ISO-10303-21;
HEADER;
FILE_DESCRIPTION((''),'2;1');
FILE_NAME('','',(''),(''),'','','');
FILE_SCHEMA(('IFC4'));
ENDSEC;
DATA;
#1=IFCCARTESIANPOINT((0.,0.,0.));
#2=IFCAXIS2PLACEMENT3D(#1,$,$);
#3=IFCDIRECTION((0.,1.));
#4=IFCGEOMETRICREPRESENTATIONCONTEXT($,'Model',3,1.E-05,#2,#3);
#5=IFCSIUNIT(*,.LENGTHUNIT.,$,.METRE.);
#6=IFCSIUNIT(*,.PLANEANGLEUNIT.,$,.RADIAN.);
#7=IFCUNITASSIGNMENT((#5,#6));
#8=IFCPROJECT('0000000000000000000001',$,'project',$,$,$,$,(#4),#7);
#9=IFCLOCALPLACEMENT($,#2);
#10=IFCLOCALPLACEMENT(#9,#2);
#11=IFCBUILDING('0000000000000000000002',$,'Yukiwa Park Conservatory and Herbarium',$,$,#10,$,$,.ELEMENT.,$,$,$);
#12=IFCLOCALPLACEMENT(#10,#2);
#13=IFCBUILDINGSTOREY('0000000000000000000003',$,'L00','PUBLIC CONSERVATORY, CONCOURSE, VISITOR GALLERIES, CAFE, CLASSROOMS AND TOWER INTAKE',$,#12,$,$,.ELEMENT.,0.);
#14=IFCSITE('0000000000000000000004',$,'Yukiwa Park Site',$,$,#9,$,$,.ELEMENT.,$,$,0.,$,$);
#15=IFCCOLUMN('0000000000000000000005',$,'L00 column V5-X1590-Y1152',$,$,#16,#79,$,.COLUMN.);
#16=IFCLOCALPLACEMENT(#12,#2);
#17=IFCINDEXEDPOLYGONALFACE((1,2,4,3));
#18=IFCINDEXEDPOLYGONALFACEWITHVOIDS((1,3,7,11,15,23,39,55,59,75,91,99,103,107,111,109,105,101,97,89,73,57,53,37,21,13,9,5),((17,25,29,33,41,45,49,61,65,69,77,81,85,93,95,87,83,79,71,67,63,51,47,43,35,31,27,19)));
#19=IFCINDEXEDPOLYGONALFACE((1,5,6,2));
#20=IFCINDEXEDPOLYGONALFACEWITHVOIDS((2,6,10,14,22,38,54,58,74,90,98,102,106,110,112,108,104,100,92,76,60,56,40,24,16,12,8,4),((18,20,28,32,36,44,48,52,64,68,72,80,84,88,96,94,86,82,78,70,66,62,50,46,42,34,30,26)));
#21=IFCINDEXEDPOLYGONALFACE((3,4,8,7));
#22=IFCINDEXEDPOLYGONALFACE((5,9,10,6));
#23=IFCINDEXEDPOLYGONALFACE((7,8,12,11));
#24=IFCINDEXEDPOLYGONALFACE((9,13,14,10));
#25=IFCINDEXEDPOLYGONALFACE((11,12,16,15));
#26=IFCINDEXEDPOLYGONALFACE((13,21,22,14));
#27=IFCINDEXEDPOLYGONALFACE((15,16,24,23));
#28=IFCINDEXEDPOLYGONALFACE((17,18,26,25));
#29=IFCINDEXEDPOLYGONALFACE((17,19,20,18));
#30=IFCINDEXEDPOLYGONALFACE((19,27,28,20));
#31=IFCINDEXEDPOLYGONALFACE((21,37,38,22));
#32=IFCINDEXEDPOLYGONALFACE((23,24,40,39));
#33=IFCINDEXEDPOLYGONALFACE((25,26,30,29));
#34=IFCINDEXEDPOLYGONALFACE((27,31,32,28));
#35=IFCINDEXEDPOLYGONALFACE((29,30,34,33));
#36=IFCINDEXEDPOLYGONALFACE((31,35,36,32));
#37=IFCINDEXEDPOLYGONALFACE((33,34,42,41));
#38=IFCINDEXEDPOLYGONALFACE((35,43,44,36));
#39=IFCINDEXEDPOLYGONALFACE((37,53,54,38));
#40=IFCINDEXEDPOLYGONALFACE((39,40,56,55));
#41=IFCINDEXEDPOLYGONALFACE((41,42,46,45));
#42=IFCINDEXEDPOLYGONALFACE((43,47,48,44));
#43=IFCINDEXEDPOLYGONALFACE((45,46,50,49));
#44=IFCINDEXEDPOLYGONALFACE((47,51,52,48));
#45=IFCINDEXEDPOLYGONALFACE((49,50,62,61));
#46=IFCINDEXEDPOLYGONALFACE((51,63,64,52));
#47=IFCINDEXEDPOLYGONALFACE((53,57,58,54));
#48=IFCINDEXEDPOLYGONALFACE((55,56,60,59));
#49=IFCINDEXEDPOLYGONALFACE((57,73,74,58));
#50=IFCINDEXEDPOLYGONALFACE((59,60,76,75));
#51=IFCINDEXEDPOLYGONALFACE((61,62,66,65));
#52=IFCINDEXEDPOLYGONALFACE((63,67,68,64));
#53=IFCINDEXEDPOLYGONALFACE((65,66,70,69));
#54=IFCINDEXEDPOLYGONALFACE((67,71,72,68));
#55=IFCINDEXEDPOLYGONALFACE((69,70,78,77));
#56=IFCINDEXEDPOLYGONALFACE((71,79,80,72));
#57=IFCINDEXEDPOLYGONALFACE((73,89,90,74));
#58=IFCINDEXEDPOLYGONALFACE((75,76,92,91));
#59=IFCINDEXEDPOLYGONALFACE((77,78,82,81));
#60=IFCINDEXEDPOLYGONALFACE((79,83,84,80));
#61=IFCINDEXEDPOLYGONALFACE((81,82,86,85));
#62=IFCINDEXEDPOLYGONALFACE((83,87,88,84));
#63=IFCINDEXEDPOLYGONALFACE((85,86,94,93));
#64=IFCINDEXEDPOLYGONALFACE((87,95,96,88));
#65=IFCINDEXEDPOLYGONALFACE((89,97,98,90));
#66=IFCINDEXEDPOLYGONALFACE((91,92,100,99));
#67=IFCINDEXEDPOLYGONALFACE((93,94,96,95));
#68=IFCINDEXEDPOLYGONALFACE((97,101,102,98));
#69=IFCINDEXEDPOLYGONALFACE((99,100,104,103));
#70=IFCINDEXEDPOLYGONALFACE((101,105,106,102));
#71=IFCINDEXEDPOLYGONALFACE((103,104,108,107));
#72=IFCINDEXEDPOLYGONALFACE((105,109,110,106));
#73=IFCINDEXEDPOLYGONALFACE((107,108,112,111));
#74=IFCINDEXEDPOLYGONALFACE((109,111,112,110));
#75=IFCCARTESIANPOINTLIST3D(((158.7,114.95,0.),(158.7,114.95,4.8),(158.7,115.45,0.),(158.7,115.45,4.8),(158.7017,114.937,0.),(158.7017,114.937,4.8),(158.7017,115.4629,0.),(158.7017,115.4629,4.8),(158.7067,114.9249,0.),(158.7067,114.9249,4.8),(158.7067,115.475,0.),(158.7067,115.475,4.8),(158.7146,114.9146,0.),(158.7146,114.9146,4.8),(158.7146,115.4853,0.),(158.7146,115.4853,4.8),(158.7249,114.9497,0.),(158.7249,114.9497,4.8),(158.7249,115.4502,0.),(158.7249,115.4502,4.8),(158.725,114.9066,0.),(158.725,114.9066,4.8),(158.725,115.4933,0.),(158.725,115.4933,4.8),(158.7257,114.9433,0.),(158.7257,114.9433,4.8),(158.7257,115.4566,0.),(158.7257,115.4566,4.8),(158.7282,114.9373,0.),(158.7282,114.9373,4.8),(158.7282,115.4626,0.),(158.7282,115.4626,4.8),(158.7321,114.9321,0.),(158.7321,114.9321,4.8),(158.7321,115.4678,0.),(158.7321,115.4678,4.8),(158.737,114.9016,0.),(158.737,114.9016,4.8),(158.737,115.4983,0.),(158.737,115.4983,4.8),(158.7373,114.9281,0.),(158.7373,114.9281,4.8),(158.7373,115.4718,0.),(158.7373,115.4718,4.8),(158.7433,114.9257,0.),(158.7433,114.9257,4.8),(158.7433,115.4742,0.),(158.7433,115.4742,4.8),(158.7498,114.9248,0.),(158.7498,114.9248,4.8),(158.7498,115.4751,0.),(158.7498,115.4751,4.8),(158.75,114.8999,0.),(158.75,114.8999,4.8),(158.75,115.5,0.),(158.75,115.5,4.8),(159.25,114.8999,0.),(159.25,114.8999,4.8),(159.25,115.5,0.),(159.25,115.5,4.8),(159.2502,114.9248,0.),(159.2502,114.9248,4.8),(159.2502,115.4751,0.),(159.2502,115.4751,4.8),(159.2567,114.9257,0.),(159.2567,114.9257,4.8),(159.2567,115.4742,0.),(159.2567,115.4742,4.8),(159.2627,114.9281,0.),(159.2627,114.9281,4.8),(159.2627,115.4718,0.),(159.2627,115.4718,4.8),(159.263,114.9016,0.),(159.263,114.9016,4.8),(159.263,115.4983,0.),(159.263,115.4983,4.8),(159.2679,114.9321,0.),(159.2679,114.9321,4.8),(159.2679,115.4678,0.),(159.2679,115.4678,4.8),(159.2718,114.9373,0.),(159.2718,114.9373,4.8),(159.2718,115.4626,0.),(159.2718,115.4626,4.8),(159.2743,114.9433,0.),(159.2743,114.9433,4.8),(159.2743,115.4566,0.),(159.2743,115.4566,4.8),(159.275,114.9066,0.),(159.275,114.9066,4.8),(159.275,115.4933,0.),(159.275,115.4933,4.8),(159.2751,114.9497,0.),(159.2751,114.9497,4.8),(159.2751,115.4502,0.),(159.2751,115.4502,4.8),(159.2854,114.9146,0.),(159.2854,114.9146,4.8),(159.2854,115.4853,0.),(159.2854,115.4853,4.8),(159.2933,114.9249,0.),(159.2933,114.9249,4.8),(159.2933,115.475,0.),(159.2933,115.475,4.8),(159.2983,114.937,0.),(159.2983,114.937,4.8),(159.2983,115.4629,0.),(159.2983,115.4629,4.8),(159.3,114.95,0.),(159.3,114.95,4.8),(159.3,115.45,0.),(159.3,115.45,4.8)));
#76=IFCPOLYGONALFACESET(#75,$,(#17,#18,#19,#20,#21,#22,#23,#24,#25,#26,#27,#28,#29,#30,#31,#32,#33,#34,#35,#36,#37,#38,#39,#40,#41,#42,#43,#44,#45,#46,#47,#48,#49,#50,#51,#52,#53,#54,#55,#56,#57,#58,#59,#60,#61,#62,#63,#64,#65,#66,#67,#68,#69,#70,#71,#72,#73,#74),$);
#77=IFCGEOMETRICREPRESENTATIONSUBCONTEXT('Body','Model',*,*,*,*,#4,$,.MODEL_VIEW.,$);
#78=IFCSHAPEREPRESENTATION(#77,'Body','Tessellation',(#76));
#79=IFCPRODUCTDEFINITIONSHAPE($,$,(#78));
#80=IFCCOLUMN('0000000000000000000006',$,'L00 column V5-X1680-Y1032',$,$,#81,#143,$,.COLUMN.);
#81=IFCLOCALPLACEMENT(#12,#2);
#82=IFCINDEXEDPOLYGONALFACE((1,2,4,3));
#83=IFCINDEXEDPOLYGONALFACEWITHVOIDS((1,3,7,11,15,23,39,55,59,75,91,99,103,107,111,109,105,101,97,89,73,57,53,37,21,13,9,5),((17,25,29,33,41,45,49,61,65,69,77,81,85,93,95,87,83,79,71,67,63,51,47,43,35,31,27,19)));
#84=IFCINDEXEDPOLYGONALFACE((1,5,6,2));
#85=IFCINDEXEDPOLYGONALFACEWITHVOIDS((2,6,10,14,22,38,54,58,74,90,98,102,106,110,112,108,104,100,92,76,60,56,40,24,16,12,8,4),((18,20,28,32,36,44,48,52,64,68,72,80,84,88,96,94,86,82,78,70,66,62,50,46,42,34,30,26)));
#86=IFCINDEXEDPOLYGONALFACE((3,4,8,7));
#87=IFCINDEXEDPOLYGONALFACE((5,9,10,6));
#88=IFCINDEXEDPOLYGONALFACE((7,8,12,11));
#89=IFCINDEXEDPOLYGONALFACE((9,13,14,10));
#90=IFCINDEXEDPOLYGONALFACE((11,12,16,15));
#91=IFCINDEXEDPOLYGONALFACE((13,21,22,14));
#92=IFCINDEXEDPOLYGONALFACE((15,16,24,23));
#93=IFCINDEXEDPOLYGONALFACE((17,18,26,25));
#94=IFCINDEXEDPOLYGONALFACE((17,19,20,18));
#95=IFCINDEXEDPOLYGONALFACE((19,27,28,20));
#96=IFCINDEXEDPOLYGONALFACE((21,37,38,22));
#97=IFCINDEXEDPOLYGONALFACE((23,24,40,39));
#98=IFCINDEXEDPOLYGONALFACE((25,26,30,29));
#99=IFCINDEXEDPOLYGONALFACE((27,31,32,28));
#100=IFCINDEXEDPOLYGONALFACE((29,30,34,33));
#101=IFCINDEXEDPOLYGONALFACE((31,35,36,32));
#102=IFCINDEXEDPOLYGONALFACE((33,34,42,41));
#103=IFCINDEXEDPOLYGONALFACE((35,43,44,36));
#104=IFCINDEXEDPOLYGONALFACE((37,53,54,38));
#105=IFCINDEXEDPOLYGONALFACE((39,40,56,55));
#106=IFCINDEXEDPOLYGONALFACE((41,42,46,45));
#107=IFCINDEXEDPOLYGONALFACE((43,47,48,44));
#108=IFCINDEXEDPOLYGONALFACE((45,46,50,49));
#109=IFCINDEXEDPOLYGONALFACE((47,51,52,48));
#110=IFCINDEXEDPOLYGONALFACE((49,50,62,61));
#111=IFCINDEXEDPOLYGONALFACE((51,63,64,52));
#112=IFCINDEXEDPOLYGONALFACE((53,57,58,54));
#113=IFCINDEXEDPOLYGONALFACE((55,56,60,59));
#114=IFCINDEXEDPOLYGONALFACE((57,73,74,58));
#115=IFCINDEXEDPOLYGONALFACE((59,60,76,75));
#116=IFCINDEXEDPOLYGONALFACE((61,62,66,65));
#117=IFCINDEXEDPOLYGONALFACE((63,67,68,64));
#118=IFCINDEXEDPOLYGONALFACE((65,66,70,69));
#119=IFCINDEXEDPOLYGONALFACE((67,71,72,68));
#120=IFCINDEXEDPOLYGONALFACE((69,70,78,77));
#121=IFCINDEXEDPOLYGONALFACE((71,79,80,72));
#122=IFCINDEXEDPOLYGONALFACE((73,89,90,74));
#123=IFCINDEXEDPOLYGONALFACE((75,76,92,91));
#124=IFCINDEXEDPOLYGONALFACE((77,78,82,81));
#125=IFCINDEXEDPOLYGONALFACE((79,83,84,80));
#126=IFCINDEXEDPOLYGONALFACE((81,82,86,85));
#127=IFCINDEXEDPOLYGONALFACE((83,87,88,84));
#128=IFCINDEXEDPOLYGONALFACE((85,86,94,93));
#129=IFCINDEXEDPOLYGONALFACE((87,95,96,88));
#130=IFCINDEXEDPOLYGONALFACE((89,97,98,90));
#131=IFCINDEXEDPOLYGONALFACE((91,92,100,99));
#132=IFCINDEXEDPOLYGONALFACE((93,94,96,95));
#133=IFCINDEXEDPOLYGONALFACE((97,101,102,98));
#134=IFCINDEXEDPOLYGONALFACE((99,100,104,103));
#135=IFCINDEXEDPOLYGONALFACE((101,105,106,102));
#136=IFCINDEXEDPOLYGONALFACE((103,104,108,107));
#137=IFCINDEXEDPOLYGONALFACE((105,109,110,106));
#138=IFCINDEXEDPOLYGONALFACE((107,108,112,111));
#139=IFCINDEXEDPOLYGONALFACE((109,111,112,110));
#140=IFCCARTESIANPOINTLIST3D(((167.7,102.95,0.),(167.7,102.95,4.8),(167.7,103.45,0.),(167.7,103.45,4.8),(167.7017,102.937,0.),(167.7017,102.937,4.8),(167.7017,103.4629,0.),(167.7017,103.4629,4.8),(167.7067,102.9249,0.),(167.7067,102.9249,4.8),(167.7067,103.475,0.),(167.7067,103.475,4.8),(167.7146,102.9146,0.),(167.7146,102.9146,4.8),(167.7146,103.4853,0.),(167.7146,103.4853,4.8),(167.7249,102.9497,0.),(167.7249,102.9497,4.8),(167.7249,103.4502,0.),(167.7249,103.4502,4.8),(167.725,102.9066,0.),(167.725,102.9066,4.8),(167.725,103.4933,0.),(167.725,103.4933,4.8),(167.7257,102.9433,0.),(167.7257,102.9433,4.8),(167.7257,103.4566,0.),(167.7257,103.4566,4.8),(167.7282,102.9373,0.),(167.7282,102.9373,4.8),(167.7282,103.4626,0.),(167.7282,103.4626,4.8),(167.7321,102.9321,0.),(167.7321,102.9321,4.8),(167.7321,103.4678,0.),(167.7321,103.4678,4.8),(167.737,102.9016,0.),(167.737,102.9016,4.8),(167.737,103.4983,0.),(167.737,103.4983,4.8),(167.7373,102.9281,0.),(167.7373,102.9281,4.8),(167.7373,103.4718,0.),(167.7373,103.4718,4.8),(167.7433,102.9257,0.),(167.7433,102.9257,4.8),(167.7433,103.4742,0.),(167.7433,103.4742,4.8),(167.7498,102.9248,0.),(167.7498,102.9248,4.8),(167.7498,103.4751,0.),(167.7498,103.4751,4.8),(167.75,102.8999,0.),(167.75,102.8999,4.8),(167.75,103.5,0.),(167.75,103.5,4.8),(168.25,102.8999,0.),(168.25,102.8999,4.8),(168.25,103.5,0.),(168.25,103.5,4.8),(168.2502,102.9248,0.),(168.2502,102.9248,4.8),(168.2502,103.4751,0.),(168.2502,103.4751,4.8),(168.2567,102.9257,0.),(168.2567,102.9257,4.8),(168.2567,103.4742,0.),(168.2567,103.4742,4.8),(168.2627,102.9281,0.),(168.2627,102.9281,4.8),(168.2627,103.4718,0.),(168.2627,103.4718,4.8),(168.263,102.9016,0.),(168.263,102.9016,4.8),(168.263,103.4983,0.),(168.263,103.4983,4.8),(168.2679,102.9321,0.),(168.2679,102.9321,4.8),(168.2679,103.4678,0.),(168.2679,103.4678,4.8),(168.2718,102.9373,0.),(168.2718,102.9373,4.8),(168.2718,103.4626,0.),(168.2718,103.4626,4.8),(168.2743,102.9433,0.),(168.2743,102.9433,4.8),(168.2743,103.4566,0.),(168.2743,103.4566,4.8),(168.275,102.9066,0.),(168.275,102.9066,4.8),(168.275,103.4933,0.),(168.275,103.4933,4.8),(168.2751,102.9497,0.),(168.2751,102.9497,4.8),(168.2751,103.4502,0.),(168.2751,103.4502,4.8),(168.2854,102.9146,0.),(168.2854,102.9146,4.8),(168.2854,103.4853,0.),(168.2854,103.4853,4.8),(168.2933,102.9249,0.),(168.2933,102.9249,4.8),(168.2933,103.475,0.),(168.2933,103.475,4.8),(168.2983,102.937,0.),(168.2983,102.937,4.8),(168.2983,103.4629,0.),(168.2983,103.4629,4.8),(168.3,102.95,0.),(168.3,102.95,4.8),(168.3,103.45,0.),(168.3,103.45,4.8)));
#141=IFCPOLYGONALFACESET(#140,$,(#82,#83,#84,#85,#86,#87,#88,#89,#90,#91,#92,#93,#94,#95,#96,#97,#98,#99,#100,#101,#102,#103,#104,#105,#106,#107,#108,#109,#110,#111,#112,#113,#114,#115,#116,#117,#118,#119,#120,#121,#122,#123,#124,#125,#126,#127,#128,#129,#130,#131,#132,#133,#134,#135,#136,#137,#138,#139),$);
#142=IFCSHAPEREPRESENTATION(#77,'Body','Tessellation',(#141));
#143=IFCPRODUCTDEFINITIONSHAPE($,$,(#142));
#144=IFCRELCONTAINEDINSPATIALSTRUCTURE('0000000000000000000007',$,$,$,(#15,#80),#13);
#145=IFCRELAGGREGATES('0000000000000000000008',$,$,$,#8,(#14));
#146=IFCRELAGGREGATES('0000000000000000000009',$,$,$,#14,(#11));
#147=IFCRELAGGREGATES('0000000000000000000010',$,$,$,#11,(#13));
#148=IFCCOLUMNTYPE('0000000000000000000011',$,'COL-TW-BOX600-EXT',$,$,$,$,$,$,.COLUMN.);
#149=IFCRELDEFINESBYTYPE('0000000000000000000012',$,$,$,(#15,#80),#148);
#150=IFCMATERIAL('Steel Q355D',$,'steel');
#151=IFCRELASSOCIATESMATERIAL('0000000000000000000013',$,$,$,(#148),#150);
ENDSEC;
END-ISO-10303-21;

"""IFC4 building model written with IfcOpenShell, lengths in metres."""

from ifc_helpers import new_model, si_unit, direction, frame, origin, origin_2d, place, context, subcontext, project, spatial, hollow_rectangle, extrude, material, material_profile, profile_set, type_object, element, save


model = new_model("IFC4")

# Units and contexts
model_context = context("Model", 3, precision=1e-05, world=origin(), true_north=direction((0.0, 1.0)))
body_context = subcontext(model_context, "Body", "Model", "MODEL_VIEW")
ifc_project = project(units=[si_unit("LENGTHUNIT", "METRE"), si_unit("PLANEANGLEUNIT", "RADIAN")], contexts=[model_context])

# Site, building, storey
site_placement = place(None, origin())
site = spatial("IfcSite", under=ifc_project, at=site_placement, Name="Yukiwa Park Site", CompositionType="ELEMENT", RefElevation=0.0)
building_placement = place(site_placement, origin())
building = spatial("IfcBuilding", under=site, at=building_placement, Name="Yukiwa Park Conservatory and Herbarium", CompositionType="ELEMENT")
storey_placement = place(building_placement, origin())
storey = spatial("IfcBuildingStorey", under=building, at=storey_placement, Name="L00", Description="PUBLIC CONSERVATORY, CONCOURSE, VISITOR GALLERIES, CAFE, CLASSROOMS AND TOWER INTAKE", CompositionType="ELEMENT", Elevation=0.0)

# Columns
ifc_material_1 = material(Name="Steel Q355D", Category="steel")
ifc_material_profile_1 = material_profile(ifc_material_1, hollow_rectangle(XDim=0.6001, YDim=0.6001, WallThickness=0.0249, InnerFilletRadius=0.0249, OuterFilletRadius=0.05, at=origin_2d()), Name="BOX 600x600x25")
ifc_profile_set_1 = profile_set([ifc_material_profile_1], Name="Steel Q355D")
column_type_1 = type_object("IfcColumnType", Name="COL-TW-BOX600-EXT", PredefinedType="COLUMN", material=ifc_profile_set_1)
for number, where, z_axis, x_axis, name in (
    (1, (159.0, 115.2, 0.0), (0.0, 0.0, 1.0), (1.0, 0.0, 0.0), "L00 column V5-X1590-Y1152"),
    (2, (168.0, 103.2, 0.0), (0.0, 0.0, 1.0), (1.0, 0.0, 0.0), "L00 column V5-X1680-Y1032"),
):
    element("IfcColumn", number, at=place(storey_placement, frame(where, z_axis=z_axis, x_axis=x_axis)), inside=storey, type_object=column_type_1, Name=name, PredefinedType="COLUMN", context=body_context, shape_type="SweptSolid", body=[
        extrude(hollow_rectangle(XDim=0.6001, YDim=0.6001, WallThickness=0.0249, InnerFilletRadius=0.0249, OuterFilletRadius=0.05, at=origin_2d()), origin(), (0.0, 0.0, 1.0), 4.8),
    ])

save(model, "model.ifc")
